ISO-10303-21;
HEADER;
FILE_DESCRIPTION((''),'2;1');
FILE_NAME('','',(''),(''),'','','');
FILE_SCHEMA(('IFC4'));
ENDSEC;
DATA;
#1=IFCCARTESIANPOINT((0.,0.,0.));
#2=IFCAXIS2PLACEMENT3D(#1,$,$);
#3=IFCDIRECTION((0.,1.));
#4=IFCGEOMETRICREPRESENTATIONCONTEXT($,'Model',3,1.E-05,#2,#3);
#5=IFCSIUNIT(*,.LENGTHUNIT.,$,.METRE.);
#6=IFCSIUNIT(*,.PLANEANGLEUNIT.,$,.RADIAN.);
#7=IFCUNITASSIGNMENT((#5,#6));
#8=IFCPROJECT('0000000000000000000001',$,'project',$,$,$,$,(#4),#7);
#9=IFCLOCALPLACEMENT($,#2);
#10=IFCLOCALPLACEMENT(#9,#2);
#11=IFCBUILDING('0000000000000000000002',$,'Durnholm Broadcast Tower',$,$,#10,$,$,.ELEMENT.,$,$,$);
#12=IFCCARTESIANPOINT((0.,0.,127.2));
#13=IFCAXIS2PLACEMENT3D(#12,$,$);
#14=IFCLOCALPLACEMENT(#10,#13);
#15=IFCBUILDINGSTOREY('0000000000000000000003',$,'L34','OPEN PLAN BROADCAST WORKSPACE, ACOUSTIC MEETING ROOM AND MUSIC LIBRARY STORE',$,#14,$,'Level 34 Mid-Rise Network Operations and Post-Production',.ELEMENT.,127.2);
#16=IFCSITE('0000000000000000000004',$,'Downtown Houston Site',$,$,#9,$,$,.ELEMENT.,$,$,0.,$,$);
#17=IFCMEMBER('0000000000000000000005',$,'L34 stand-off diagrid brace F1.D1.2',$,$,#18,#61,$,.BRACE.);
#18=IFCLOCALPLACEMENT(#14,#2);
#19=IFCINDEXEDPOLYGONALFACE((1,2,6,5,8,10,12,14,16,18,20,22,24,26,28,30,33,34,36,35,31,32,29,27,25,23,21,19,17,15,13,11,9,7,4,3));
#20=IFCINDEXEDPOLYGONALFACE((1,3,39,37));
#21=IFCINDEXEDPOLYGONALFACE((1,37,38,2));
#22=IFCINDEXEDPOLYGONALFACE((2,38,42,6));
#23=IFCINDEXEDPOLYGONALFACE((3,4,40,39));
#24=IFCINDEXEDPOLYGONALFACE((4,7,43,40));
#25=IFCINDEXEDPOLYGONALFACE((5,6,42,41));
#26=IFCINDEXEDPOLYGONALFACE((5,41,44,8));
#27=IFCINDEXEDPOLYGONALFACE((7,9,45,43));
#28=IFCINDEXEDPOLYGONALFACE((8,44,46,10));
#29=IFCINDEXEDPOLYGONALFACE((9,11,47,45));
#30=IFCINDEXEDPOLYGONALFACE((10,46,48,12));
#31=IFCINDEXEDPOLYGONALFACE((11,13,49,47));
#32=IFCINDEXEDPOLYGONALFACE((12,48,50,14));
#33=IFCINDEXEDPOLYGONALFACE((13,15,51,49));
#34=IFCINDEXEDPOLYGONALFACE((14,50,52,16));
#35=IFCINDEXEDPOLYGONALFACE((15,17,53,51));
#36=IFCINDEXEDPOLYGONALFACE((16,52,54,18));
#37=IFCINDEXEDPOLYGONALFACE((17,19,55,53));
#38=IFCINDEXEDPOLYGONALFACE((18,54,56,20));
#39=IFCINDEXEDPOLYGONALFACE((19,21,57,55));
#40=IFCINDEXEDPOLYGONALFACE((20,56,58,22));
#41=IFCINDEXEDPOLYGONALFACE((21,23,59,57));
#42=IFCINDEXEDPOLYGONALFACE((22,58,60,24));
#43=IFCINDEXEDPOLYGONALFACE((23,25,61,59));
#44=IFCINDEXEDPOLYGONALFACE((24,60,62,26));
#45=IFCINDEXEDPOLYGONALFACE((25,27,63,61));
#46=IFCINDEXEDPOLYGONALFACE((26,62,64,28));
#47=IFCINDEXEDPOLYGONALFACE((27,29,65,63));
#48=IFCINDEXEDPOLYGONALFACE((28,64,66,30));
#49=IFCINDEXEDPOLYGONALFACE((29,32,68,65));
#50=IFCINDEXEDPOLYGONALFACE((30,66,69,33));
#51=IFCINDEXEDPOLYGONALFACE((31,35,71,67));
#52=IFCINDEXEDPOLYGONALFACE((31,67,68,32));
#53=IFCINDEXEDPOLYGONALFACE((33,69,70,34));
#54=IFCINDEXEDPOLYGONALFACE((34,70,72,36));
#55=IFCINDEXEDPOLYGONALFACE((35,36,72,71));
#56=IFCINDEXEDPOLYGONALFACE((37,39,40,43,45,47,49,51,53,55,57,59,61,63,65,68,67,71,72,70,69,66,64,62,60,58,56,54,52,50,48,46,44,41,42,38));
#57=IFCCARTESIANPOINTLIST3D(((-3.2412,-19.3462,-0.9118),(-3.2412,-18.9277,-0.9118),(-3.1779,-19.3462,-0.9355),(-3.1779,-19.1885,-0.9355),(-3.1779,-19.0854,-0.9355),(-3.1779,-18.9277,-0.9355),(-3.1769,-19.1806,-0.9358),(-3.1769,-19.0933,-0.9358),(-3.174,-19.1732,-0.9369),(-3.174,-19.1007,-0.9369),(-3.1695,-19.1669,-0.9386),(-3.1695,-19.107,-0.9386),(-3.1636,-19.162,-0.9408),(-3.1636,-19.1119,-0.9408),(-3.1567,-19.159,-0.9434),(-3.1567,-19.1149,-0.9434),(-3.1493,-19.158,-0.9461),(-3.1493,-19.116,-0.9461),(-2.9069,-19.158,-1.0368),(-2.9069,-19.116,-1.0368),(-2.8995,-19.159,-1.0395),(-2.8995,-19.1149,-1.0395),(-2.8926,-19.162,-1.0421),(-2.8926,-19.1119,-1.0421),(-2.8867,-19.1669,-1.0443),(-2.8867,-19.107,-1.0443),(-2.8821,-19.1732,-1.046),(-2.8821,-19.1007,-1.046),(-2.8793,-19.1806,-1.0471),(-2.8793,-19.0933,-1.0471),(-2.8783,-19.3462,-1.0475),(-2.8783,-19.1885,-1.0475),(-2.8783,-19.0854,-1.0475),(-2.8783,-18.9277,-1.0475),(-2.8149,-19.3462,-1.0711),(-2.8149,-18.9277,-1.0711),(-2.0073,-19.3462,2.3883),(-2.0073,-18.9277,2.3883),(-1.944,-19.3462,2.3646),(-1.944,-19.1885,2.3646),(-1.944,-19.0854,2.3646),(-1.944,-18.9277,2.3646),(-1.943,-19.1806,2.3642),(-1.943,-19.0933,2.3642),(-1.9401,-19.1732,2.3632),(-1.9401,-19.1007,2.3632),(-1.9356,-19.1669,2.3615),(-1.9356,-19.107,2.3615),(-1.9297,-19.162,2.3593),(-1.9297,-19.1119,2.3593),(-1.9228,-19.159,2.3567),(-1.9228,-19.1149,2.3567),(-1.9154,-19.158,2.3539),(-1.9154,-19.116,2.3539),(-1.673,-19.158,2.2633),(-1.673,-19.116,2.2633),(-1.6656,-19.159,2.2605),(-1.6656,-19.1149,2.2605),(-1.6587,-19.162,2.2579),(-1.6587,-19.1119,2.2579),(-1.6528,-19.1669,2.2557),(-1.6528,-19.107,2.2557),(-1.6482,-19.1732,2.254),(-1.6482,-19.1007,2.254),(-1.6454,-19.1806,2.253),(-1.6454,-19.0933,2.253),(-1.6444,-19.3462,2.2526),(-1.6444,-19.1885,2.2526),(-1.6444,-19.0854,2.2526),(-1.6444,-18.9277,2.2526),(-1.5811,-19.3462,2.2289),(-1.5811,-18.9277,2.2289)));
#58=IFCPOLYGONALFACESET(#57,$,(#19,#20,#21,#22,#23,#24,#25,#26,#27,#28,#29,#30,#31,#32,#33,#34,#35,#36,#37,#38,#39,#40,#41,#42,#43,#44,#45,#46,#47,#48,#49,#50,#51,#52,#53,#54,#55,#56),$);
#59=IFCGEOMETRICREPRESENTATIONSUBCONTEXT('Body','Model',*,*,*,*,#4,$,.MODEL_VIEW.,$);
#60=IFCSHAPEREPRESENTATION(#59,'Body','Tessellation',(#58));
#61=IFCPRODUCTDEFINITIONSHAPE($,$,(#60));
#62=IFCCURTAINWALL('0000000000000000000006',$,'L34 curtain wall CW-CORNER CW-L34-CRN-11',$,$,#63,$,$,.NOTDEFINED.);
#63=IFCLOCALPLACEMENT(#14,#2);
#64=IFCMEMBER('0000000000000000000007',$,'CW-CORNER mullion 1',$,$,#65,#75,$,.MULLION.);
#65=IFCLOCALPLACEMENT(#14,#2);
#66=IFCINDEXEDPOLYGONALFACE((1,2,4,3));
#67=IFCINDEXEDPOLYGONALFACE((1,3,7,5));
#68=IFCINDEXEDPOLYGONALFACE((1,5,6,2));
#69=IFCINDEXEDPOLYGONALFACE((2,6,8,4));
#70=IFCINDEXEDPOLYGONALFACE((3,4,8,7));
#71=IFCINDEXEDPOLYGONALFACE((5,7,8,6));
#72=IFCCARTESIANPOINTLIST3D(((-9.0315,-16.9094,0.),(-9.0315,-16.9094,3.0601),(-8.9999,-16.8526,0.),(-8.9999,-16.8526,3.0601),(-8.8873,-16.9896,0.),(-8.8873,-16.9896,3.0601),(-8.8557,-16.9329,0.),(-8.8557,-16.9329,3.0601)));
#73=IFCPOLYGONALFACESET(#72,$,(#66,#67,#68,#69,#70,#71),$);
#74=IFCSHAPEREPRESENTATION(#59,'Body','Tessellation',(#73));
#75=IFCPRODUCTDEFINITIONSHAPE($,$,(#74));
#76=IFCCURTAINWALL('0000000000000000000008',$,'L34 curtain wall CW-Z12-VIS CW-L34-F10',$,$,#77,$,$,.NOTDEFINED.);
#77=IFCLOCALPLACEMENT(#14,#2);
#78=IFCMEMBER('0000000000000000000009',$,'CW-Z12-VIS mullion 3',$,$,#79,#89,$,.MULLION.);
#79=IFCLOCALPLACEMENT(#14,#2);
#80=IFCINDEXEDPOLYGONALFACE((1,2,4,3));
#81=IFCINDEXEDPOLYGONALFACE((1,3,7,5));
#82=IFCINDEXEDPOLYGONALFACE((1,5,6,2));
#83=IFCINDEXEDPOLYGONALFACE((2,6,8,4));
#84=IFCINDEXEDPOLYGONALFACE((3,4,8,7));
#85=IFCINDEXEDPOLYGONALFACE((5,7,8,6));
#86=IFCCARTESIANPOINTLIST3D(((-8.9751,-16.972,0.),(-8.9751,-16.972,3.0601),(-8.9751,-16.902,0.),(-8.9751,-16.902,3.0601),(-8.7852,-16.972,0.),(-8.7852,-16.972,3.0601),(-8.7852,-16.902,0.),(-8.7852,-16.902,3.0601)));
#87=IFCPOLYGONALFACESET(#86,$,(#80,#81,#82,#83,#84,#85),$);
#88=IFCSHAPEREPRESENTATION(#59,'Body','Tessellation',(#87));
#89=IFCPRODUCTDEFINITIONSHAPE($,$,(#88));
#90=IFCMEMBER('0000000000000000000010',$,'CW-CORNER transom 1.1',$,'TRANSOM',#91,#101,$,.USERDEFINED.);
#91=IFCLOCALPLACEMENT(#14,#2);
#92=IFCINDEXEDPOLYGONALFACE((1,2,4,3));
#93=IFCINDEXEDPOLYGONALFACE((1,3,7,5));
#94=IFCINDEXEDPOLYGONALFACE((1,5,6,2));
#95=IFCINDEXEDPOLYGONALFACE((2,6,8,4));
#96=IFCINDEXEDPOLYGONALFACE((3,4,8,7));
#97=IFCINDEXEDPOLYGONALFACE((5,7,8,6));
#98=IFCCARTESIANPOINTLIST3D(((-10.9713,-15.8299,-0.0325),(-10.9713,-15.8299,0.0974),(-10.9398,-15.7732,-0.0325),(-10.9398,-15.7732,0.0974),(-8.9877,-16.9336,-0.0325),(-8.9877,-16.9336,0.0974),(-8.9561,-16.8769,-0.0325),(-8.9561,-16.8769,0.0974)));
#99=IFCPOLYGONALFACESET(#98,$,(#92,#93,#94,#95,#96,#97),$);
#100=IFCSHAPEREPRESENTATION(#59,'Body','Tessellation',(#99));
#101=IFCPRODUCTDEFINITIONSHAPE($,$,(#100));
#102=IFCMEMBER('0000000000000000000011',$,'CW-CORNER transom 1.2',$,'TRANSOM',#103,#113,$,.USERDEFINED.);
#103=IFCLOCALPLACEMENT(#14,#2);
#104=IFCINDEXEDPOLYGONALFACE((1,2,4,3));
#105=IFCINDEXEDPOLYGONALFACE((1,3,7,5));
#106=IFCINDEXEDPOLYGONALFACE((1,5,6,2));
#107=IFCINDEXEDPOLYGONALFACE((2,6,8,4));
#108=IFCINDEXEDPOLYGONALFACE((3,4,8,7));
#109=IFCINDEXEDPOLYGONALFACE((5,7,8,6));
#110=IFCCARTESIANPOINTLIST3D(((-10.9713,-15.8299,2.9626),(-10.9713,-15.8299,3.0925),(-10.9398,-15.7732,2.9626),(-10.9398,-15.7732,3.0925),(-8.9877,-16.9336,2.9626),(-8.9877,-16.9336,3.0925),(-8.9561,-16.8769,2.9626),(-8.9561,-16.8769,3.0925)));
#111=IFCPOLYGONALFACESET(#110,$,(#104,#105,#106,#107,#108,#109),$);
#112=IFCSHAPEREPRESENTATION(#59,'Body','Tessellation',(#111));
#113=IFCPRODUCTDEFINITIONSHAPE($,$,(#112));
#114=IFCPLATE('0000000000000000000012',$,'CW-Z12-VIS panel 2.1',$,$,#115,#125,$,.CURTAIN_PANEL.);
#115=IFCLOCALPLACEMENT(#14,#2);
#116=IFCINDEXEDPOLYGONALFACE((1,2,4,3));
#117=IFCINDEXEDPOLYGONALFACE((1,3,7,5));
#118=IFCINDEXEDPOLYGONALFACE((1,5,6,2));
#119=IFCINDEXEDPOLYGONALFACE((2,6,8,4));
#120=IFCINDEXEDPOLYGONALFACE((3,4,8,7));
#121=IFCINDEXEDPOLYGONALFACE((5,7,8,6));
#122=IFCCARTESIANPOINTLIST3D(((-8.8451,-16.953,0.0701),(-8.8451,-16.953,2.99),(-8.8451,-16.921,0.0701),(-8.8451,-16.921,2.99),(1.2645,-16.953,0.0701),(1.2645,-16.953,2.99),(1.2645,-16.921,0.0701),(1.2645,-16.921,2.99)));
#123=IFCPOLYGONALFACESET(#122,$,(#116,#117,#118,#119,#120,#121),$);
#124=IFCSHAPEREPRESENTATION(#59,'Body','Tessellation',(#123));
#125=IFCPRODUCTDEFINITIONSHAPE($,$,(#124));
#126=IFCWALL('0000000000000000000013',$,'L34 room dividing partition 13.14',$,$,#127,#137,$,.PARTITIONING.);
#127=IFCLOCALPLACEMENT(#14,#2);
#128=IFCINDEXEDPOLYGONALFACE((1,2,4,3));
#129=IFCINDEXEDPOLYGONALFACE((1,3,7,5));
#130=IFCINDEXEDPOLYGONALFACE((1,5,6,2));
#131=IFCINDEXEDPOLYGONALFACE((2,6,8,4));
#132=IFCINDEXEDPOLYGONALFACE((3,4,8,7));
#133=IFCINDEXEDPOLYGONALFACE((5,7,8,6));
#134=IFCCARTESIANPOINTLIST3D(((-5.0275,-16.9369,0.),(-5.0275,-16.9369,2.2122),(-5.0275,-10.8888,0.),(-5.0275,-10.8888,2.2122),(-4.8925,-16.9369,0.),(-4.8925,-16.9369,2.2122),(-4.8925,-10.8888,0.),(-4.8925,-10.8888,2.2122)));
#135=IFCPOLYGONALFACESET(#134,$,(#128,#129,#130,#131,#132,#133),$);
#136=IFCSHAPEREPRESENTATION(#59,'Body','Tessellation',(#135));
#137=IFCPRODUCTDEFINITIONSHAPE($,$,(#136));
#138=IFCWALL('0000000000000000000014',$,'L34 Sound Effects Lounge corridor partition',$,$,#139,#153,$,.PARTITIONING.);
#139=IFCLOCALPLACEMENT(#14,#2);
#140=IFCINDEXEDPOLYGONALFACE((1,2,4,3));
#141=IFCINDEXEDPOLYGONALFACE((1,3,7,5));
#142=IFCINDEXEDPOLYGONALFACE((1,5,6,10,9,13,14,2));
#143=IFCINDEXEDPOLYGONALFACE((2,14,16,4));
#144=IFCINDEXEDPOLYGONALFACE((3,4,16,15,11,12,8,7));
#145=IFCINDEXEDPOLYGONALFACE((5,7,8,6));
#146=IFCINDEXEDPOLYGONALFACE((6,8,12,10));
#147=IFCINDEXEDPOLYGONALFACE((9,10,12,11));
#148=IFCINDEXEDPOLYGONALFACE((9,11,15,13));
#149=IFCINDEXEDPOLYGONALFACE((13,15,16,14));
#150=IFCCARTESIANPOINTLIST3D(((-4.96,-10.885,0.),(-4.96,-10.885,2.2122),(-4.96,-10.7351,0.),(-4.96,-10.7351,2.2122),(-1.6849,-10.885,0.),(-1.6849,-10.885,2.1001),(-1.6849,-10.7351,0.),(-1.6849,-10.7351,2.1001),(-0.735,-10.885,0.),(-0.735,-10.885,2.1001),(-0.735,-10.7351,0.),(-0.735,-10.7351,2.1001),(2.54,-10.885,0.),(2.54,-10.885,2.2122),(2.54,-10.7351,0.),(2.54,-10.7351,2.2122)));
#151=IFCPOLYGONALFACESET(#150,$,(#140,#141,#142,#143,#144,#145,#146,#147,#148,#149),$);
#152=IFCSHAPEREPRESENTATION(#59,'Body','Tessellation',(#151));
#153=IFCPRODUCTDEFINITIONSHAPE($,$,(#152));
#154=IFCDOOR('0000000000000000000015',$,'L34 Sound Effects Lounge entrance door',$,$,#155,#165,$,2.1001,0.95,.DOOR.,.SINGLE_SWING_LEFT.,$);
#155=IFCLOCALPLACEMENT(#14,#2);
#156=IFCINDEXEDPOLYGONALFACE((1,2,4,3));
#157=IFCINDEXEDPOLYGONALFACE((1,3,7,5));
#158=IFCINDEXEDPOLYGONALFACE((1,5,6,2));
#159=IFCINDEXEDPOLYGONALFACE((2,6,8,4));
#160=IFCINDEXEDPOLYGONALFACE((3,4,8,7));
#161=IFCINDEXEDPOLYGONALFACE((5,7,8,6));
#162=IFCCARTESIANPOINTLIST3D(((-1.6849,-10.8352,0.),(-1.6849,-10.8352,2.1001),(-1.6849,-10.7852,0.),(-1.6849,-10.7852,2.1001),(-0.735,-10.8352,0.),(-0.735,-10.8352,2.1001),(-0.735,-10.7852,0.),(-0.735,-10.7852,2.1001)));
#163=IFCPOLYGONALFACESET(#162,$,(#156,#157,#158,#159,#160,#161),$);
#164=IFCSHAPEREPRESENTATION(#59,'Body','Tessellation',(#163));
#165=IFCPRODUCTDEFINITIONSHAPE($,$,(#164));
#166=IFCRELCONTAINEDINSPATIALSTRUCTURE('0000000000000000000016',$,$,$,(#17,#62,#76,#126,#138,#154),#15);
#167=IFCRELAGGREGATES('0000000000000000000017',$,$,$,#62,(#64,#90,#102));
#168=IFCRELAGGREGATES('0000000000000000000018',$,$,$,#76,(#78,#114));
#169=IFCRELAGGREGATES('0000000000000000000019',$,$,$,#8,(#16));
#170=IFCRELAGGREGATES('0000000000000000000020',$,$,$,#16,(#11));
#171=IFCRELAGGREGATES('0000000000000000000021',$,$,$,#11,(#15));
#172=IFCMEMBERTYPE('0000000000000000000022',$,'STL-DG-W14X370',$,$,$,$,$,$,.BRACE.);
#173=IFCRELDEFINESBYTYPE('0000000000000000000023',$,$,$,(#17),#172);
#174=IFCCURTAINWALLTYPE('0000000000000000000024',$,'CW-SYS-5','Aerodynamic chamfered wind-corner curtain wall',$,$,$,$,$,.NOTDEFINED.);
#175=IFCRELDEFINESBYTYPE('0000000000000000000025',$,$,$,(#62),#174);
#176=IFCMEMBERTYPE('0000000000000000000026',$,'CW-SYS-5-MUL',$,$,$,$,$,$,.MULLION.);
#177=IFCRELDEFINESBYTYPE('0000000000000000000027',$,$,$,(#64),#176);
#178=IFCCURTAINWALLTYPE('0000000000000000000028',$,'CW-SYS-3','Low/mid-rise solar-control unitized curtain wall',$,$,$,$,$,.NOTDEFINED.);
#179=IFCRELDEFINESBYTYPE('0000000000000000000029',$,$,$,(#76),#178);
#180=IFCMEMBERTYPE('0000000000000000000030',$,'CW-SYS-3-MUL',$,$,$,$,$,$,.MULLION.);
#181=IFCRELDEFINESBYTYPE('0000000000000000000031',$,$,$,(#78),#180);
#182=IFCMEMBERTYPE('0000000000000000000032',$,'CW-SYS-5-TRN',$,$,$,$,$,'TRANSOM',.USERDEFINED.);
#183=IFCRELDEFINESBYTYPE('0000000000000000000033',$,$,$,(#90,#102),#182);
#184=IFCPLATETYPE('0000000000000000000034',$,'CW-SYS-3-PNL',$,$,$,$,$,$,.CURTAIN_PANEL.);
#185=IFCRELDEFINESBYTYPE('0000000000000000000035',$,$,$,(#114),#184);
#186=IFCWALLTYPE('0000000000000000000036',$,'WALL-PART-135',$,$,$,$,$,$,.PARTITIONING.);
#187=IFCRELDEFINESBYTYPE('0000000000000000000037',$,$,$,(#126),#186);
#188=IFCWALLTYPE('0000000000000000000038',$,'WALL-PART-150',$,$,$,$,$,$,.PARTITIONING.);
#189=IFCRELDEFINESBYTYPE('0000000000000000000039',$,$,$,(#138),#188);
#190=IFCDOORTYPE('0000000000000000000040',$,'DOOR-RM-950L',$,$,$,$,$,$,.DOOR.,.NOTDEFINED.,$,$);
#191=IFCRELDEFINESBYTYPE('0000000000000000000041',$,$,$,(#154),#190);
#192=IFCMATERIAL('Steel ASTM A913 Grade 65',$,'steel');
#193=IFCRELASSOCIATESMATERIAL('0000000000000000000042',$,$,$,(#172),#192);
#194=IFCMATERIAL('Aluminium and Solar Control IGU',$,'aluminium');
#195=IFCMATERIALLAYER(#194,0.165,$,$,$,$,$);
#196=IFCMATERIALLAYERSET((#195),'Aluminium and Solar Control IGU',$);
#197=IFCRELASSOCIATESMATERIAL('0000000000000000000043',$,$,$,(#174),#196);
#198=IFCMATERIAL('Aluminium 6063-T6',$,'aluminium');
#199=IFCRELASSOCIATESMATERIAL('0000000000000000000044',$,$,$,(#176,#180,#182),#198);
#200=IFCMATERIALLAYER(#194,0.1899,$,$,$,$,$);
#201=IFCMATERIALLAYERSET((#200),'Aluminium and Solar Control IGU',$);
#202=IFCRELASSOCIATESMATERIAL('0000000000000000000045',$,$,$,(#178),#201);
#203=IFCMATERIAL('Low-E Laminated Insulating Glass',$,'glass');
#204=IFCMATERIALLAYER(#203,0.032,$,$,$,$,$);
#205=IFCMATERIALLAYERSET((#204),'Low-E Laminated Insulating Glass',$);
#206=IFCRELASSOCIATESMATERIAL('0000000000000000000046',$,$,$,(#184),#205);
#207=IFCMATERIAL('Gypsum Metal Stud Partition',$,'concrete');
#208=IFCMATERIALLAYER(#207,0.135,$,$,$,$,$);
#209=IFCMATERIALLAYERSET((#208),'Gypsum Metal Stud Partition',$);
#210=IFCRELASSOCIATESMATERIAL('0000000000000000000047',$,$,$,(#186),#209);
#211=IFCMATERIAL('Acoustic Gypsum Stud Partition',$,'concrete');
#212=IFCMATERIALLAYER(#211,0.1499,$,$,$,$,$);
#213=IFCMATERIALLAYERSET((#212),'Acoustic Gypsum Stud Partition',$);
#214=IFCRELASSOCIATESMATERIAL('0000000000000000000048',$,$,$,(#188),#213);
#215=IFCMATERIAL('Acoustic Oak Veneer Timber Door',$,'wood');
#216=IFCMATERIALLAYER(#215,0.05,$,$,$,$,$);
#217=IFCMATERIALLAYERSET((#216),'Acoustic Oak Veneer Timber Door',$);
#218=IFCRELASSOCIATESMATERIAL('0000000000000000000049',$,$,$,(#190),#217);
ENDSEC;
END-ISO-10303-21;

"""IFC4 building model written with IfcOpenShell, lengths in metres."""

from ifc_helpers import new_model, si_unit, direction, frame, frame_2d, origin, origin_2d, place, context, subcontext, project, spatial, rectangle, i_section, extrude, source, transform, mapped, material, layer, layer_set, material_profile, profile_set, type_object, type_shapes, element, fill, aggregate, save


model = new_model("IFC4")

# Units and contexts
model_context = context("Model", 3, precision=1e-05, world=origin(), true_north=direction((0.0, 1.0)))
body_context = subcontext(model_context, "Body", "Model", "MODEL_VIEW")
ifc_project = project(units=[si_unit("LENGTHUNIT", "METRE"), si_unit("PLANEANGLEUNIT", "RADIAN")], contexts=[model_context])

# Site, building, storey
site_placement = place(None, origin())
site = spatial("IfcSite", under=ifc_project, at=site_placement, Name="Downtown Houston Site", CompositionType="ELEMENT", RefElevation=0.0)
building_placement = place(site_placement, origin())
building = spatial("IfcBuilding", under=site, at=building_placement, Name="Durnholm Broadcast Tower", CompositionType="ELEMENT")
storey_placement = place(building_placement, frame((0.0, 0.0, 127.2)))
storey = spatial("IfcBuildingStorey", under=building, at=storey_placement, Name="L34", Description="OPEN PLAN BROADCAST WORKSPACE, ACOUSTIC MEETING ROOM AND MUSIC LIBRARY STORE", LongName="Level 34 Mid-Rise Network Operations and Post-Production", CompositionType="ELEMENT", Elevation=127.2)

# Member
ifc_material_1 = material(Name="Steel ASTM A913 Grade 65", Category="steel")
ifc_material_profile_1 = material_profile(ifc_material_1, i_section(OverallWidth=0.4185, OverallDepth=0.4551, WebThickness=0.042, FlangeThickness=0.0676, FilletRadius=0.0305, at=origin_2d()), Name="W14X370")
ifc_profile_set_1 = profile_set([ifc_material_profile_1], Name="Steel ASTM A913 Grade 65")
member_type_1 = type_object("IfcMemberType", Name="STL-DG-W14X370", PredefinedType="BRACE", material=ifc_profile_set_1)
shared_shape_1 = source(origin(), body_context, "Body", "SweptSolid", [
    extrude(i_section(OverallWidth=0.4185, OverallDepth=0.4551, WebThickness=0.042, FlangeThickness=0.0676, FilletRadius=0.0305, at=origin_2d()), origin(), (0.0, 0.0, 1.0), 3.5232),
])
type_shapes(member_type_1, [shared_shape_1])
for number, where, z_axis, x_axis, name in (
    (1, (-3.0281, -19.137, -0.9915), (0.35022, 0.0, 0.936668), (0.0, 1.0, 0.0), "L34 stand-off diagrid brace F1.D1.2"),
):
    element("IfcMember", number, at=place(storey_placement, frame(where, z_axis=z_axis, x_axis=x_axis)), inside=storey, type_object=member_type_1, Name=name, PredefinedType="BRACE", context=body_context, shape_type="MappedRepresentation", body=[
        mapped(shared_shape_1, transform((0.0, 0.0, 0.0), x_axis=(1.0, 0.0, 0.0), y_axis=(0.0, 1.0, 0.0), z_axis=(0.0, 0.0, 1.0), scale=1.0)),
    ])

# Curtain walls, members
ifc_material_2 = material(Name="Aluminium and Solar Control IGU", Category="aluminium")
ifc_layer_1 = layer(ifc_material_2, 0.165)
ifc_layer_set_1 = layer_set([ifc_layer_1], Name="Aluminium and Solar Control IGU")
curtain_wall_type_1 = type_object("IfcCurtainWallType", Name="CW-SYS-5", Description="Aerodynamic chamfered wind-corner curtain wall", PredefinedType="NOTDEFINED", material=ifc_layer_set_1)
curtain_wall_1_placement = place(storey_placement, origin())
curtain_wall_1 = element("IfcCurtainWall", 2, at=curtain_wall_1_placement, inside=storey, type_object=curtain_wall_type_1, Name="L34 curtain wall CW-CORNER CW-L34-CRN-11", PredefinedType="NOTDEFINED")
ifc_material_3 = material(Name="Aluminium 6063-T6", Category="aluminium")
ifc_material_profile_2 = material_profile(ifc_material_3, rectangle(XDim=0.0649, YDim=0.165, at=origin_2d()), Name="CWM65X165")
ifc_profile_set_2 = profile_set([ifc_material_profile_2], Name="Aluminium 6063-T6")
member_type_2 = type_object("IfcMemberType", Name="CW-SYS-5-MUL", PredefinedType="MULLION", material=ifc_profile_set_2)
shared_shape_2 = source(origin(), body_context, "Body", "SweptSolid", [
    extrude(rectangle(XDim=0.0649, YDim=0.165, at=origin_2d()), origin(), (0.0, 0.0, 1.0), 3.0601),
])
type_shapes(member_type_2, [shared_shape_2])
member_1_placement = place(storey_placement, frame((-8.9436, -16.9211, 0.0), z_axis=(0.0, 0.0, 1.0), x_axis=(-0.486244, -0.873823, 0.0)))
member_1 = element("IfcMember", 3, at=member_1_placement, type_object=member_type_2, Name="CW-CORNER mullion 1", PredefinedType="MULLION", context=body_context, shape_type="MappedRepresentation", body=[
    mapped(shared_shape_2, transform((0.0, 0.0, 0.0), x_axis=(1.0, 0.0, 0.0), y_axis=(0.0, 1.0, 0.0), z_axis=(0.0, 0.0, 1.0), scale=1.0)),
])
ifc_layer_2 = layer(ifc_material_2, 0.1899)
ifc_layer_set_2 = layer_set([ifc_layer_2], Name="Aluminium and Solar Control IGU")
curtain_wall_type_2 = type_object("IfcCurtainWallType", Name="CW-SYS-3", Description="Low/mid-rise solar-control unitized curtain wall", PredefinedType="NOTDEFINED", material=ifc_layer_set_2)
curtain_wall_2_placement = place(storey_placement, origin())
curtain_wall_2 = element("IfcCurtainWall", 4, at=curtain_wall_2_placement, inside=storey, type_object=curtain_wall_type_2, Name="L34 curtain wall CW-Z12-VIS CW-L34-F10", PredefinedType="NOTDEFINED")
ifc_material_profile_3 = material_profile(ifc_material_3, rectangle(XDim=0.0701, YDim=0.1899, at=origin_2d()), Name="CWM70X190")
ifc_profile_set_3 = profile_set([ifc_material_profile_3], Name="Aluminium 6063-T6")
member_type_3 = type_object("IfcMemberType", Name="CW-SYS-3-MUL", PredefinedType="MULLION", material=ifc_profile_set_3)
shared_shape_3 = source(origin(), body_context, "Body", "SweptSolid", [
    extrude(rectangle(XDim=0.0701, YDim=0.1899, at=origin_2d()), origin(), (0.0, 0.0, 1.0), 3.0601),
])
type_shapes(member_type_3, [shared_shape_3])
member_2_placement = place(storey_placement, frame((-8.8801, -16.937, 0.0), z_axis=(0.0, 0.0, 1.0), x_axis=(0.0, -1.0, 0.0)))
member_2 = element("IfcMember", 5, at=member_2_placement, type_object=member_type_3, Name="CW-Z12-VIS mullion 3", PredefinedType="MULLION", context=body_context, shape_type="MappedRepresentation", body=[
    mapped(shared_shape_3, transform((0.0, 0.0, 0.0), x_axis=(1.0, 0.0, 0.0), y_axis=(0.0, 1.0, 0.0), z_axis=(0.0, 0.0, 1.0), scale=1.0)),
])

# Members
ifc_material_profile_4 = material_profile(ifc_material_3, rectangle(XDim=0.0649, YDim=0.1299, at=origin_2d()), Name="CWT65X130")
ifc_profile_set_4 = profile_set([ifc_material_profile_4], Name="Aluminium 6063-T6")
member_type_4 = type_object("IfcMemberType", Name="CW-SYS-5-TRN", ElementType="TRANSOM", PredefinedType="USERDEFINED", material=ifc_profile_set_4)
shared_shape_4 = source(origin(), body_context, "Body", "SweptSolid", [
    extrude(rectangle(XDim=0.0649, YDim=0.1299, at=origin_2d()), origin(), (0.0, 0.0, 1.0), 2.27),
])
type_shapes(member_type_4, [shared_shape_4])
member_3_placement = place(storey_placement, frame((-8.9719, -16.9053, 0.0325), z_axis=(-0.873832, 0.486227, 0.0), x_axis=(-0.486227, -0.873832, 0.0)))
member_3 = element("IfcMember", 6, at=member_3_placement, type_object=member_type_4, Name="CW-CORNER transom 1.1", ObjectType="TRANSOM", PredefinedType="USERDEFINED", context=body_context, shape_type="MappedRepresentation", body=[
    mapped(shared_shape_4, transform((0.0, 0.0, 0.0), x_axis=(1.0, 0.0, 0.0), y_axis=(0.0, 1.0, 0.0), z_axis=(0.0, 0.0, 1.0), scale=1.0)),
])
member_4_placement = place(storey_placement, frame((-8.9719, -16.9053, 3.0276), z_axis=(-0.873832, 0.486227, 0.0), x_axis=(-0.486227, -0.873832, 0.0)))
member_4 = element("IfcMember", 7, at=member_4_placement, type_object=member_type_4, Name="CW-CORNER transom 1.2", ObjectType="TRANSOM", PredefinedType="USERDEFINED", context=body_context, shape_type="MappedRepresentation", body=[
    mapped(shared_shape_4, transform((0.0, 0.0, 0.0), x_axis=(1.0, 0.0, 0.0), y_axis=(0.0, 1.0, 0.0), z_axis=(0.0, 0.0, 1.0), scale=1.0)),
])
aggregate(curtain_wall_1, [member_1, member_3, member_4])

# Plate
ifc_material_4 = material(Name="Low-E Laminated Insulating Glass", Category="glass")
ifc_layer_3 = layer(ifc_material_4, 0.032)
ifc_layer_set_3 = layer_set([ifc_layer_3], Name="Low-E Laminated Insulating Glass")
plate_type = type_object("IfcPlateType", Name="CW-SYS-3-PNL", PredefinedType="CURTAIN_PANEL", material=ifc_layer_set_3)
shared_shape_5 = source(origin(), body_context, "Body", "SweptSolid", [
    extrude(rectangle(XDim=10.1096, YDim=0.032, at=origin_2d()), origin(), (0.0, 0.0, 1.0), 2.9199),
])
type_shapes(plate_type, [shared_shape_5])
plate_placement = place(storey_placement, frame((-3.7903, -16.937, 0.0701), z_axis=(0.0, 0.0, 1.0), x_axis=(-1.0, 0.0, 0.0)))
plate = element("IfcPlate", 8, at=plate_placement, type_object=plate_type, Name="CW-Z12-VIS panel 2.1", PredefinedType="CURTAIN_PANEL", context=body_context, shape_type="MappedRepresentation", body=[
    mapped(shared_shape_5, transform((0.0, 0.0, 0.0), x_axis=(1.0, 0.0, 0.0), y_axis=(0.0, 1.0, 0.0), z_axis=(0.0, 0.0, 1.0), scale=1.0)),
])
aggregate(curtain_wall_2, [member_2, plate])

# Wall
ifc_material_5 = material(Name="Gypsum Metal Stud Partition", Category="concrete")
ifc_layer_4 = layer(ifc_material_5, 0.135)
ifc_layer_set_4 = layer_set([ifc_layer_4], Name="Gypsum Metal Stud Partition")
wall_type_1 = type_object("IfcWallType", Name="WALL-PART-135", PredefinedType="PARTITIONING", material=ifc_layer_set_4)
wall_1_placement = place(storey_placement, frame((-4.96, -10.8889, 0.0), z_axis=(0.0, 0.0, 1.0), x_axis=(0.0, -1.0, 0.0)))
element("IfcWall", 9, at=wall_1_placement, inside=storey, type_object=wall_type_1, Name="L34 room dividing partition 13.14", PredefinedType="PARTITIONING", context=body_context, shape_type="SweptSolid", body=[
    extrude(rectangle(XDim=6.0481, YDim=0.135, at=frame_2d((3.0239, 0.0))), origin(), (0.0, 0.0, 1.0), 2.2122),
])

# Wall, opening, door
ifc_material_6 = material(Name="Acoustic Gypsum Stud Partition", Category="concrete")
ifc_layer_5 = layer(ifc_material_6, 0.1499)
ifc_layer_set_5 = layer_set([ifc_layer_5], Name="Acoustic Gypsum Stud Partition")
wall_type_2 = type_object("IfcWallType", Name="WALL-PART-150", PredefinedType="PARTITIONING", material=ifc_layer_set_5)
wall_2_placement = place(storey_placement, frame((-4.96, -10.8101, 0.0), z_axis=(0.0, 0.0, 1.0), x_axis=(1.0, 0.0, 0.0)))
wall_2 = element("IfcWall", 10, at=wall_2_placement, inside=storey, type_object=wall_type_2, Name="L34 Sound Effects Lounge corridor partition", PredefinedType="PARTITIONING", context=body_context, shape_type="SweptSolid", body=[
    extrude(rectangle(XDim=7.5, YDim=0.1499, at=frame_2d((3.75, 0.0))), origin(), (0.0, 0.0, 1.0), 2.2122),
])
opening_1_placement = place(wall_2_placement, frame((3.2749, 0.0, 0.0)))
opening_1 = element("IfcOpeningElement", 11, at=opening_1_placement, cuts=wall_2, PredefinedType="OPENING", context=body_context, shape_type="SweptSolid", body=[
    extrude(rectangle(XDim=0.95, YDim=2.1001, at=frame_2d((0.4751, 1.05))), frame((0.0, 0.085, 0.0), z_axis=(0.0, -1.0, 0.0), x_axis=(1.0, 0.0, 0.0)), (0.0, 0.0, 1.0), 0.1699),
])
ifc_material_7 = material(Name="Acoustic Oak Veneer Timber Door", Category="wood")
ifc_layer_6 = layer(ifc_material_7, 0.05)
ifc_layer_set_6 = layer_set([ifc_layer_6], Name="Acoustic Oak Veneer Timber Door")
door_type_1 = type_object("IfcDoorType", Name="DOOR-RM-950L", OperationType="NOTDEFINED", PredefinedType="DOOR", material=ifc_layer_set_6)
shared_shape_6 = source(origin(), body_context, "Body", "SweptSolid", [
    extrude(rectangle(XDim=0.95, YDim=2.1001, at=frame_2d((0.4751, 1.05))), frame((0.0, 0.0249, 0.0), z_axis=(0.0, -1.0, 0.0), x_axis=(1.0, 0.0, 0.0)), (0.0, 0.0, 1.0), 0.05),
])
type_shapes(door_type_1, [shared_shape_6])
door_1_placement = place(opening_1_placement, origin())
door_1 = element("IfcDoor", 12, at=door_1_placement, inside=storey, type_object=door_type_1, Name="L34 Sound Effects Lounge entrance door", OperationType="SINGLE_SWING_LEFT", OverallHeight=2.1001, OverallWidth=0.95, PredefinedType="DOOR", context=body_context, shape_type="MappedRepresentation", body=[
    mapped(shared_shape_6, transform((0.0, 0.0, 0.0), x_axis=(1.0, 0.0, 0.0), y_axis=(0.0, 1.0, 0.0), z_axis=(0.0, 0.0, 1.0), scale=1.0)),
])
fill(opening_1, door_1)

save(model, "model.ifc")
